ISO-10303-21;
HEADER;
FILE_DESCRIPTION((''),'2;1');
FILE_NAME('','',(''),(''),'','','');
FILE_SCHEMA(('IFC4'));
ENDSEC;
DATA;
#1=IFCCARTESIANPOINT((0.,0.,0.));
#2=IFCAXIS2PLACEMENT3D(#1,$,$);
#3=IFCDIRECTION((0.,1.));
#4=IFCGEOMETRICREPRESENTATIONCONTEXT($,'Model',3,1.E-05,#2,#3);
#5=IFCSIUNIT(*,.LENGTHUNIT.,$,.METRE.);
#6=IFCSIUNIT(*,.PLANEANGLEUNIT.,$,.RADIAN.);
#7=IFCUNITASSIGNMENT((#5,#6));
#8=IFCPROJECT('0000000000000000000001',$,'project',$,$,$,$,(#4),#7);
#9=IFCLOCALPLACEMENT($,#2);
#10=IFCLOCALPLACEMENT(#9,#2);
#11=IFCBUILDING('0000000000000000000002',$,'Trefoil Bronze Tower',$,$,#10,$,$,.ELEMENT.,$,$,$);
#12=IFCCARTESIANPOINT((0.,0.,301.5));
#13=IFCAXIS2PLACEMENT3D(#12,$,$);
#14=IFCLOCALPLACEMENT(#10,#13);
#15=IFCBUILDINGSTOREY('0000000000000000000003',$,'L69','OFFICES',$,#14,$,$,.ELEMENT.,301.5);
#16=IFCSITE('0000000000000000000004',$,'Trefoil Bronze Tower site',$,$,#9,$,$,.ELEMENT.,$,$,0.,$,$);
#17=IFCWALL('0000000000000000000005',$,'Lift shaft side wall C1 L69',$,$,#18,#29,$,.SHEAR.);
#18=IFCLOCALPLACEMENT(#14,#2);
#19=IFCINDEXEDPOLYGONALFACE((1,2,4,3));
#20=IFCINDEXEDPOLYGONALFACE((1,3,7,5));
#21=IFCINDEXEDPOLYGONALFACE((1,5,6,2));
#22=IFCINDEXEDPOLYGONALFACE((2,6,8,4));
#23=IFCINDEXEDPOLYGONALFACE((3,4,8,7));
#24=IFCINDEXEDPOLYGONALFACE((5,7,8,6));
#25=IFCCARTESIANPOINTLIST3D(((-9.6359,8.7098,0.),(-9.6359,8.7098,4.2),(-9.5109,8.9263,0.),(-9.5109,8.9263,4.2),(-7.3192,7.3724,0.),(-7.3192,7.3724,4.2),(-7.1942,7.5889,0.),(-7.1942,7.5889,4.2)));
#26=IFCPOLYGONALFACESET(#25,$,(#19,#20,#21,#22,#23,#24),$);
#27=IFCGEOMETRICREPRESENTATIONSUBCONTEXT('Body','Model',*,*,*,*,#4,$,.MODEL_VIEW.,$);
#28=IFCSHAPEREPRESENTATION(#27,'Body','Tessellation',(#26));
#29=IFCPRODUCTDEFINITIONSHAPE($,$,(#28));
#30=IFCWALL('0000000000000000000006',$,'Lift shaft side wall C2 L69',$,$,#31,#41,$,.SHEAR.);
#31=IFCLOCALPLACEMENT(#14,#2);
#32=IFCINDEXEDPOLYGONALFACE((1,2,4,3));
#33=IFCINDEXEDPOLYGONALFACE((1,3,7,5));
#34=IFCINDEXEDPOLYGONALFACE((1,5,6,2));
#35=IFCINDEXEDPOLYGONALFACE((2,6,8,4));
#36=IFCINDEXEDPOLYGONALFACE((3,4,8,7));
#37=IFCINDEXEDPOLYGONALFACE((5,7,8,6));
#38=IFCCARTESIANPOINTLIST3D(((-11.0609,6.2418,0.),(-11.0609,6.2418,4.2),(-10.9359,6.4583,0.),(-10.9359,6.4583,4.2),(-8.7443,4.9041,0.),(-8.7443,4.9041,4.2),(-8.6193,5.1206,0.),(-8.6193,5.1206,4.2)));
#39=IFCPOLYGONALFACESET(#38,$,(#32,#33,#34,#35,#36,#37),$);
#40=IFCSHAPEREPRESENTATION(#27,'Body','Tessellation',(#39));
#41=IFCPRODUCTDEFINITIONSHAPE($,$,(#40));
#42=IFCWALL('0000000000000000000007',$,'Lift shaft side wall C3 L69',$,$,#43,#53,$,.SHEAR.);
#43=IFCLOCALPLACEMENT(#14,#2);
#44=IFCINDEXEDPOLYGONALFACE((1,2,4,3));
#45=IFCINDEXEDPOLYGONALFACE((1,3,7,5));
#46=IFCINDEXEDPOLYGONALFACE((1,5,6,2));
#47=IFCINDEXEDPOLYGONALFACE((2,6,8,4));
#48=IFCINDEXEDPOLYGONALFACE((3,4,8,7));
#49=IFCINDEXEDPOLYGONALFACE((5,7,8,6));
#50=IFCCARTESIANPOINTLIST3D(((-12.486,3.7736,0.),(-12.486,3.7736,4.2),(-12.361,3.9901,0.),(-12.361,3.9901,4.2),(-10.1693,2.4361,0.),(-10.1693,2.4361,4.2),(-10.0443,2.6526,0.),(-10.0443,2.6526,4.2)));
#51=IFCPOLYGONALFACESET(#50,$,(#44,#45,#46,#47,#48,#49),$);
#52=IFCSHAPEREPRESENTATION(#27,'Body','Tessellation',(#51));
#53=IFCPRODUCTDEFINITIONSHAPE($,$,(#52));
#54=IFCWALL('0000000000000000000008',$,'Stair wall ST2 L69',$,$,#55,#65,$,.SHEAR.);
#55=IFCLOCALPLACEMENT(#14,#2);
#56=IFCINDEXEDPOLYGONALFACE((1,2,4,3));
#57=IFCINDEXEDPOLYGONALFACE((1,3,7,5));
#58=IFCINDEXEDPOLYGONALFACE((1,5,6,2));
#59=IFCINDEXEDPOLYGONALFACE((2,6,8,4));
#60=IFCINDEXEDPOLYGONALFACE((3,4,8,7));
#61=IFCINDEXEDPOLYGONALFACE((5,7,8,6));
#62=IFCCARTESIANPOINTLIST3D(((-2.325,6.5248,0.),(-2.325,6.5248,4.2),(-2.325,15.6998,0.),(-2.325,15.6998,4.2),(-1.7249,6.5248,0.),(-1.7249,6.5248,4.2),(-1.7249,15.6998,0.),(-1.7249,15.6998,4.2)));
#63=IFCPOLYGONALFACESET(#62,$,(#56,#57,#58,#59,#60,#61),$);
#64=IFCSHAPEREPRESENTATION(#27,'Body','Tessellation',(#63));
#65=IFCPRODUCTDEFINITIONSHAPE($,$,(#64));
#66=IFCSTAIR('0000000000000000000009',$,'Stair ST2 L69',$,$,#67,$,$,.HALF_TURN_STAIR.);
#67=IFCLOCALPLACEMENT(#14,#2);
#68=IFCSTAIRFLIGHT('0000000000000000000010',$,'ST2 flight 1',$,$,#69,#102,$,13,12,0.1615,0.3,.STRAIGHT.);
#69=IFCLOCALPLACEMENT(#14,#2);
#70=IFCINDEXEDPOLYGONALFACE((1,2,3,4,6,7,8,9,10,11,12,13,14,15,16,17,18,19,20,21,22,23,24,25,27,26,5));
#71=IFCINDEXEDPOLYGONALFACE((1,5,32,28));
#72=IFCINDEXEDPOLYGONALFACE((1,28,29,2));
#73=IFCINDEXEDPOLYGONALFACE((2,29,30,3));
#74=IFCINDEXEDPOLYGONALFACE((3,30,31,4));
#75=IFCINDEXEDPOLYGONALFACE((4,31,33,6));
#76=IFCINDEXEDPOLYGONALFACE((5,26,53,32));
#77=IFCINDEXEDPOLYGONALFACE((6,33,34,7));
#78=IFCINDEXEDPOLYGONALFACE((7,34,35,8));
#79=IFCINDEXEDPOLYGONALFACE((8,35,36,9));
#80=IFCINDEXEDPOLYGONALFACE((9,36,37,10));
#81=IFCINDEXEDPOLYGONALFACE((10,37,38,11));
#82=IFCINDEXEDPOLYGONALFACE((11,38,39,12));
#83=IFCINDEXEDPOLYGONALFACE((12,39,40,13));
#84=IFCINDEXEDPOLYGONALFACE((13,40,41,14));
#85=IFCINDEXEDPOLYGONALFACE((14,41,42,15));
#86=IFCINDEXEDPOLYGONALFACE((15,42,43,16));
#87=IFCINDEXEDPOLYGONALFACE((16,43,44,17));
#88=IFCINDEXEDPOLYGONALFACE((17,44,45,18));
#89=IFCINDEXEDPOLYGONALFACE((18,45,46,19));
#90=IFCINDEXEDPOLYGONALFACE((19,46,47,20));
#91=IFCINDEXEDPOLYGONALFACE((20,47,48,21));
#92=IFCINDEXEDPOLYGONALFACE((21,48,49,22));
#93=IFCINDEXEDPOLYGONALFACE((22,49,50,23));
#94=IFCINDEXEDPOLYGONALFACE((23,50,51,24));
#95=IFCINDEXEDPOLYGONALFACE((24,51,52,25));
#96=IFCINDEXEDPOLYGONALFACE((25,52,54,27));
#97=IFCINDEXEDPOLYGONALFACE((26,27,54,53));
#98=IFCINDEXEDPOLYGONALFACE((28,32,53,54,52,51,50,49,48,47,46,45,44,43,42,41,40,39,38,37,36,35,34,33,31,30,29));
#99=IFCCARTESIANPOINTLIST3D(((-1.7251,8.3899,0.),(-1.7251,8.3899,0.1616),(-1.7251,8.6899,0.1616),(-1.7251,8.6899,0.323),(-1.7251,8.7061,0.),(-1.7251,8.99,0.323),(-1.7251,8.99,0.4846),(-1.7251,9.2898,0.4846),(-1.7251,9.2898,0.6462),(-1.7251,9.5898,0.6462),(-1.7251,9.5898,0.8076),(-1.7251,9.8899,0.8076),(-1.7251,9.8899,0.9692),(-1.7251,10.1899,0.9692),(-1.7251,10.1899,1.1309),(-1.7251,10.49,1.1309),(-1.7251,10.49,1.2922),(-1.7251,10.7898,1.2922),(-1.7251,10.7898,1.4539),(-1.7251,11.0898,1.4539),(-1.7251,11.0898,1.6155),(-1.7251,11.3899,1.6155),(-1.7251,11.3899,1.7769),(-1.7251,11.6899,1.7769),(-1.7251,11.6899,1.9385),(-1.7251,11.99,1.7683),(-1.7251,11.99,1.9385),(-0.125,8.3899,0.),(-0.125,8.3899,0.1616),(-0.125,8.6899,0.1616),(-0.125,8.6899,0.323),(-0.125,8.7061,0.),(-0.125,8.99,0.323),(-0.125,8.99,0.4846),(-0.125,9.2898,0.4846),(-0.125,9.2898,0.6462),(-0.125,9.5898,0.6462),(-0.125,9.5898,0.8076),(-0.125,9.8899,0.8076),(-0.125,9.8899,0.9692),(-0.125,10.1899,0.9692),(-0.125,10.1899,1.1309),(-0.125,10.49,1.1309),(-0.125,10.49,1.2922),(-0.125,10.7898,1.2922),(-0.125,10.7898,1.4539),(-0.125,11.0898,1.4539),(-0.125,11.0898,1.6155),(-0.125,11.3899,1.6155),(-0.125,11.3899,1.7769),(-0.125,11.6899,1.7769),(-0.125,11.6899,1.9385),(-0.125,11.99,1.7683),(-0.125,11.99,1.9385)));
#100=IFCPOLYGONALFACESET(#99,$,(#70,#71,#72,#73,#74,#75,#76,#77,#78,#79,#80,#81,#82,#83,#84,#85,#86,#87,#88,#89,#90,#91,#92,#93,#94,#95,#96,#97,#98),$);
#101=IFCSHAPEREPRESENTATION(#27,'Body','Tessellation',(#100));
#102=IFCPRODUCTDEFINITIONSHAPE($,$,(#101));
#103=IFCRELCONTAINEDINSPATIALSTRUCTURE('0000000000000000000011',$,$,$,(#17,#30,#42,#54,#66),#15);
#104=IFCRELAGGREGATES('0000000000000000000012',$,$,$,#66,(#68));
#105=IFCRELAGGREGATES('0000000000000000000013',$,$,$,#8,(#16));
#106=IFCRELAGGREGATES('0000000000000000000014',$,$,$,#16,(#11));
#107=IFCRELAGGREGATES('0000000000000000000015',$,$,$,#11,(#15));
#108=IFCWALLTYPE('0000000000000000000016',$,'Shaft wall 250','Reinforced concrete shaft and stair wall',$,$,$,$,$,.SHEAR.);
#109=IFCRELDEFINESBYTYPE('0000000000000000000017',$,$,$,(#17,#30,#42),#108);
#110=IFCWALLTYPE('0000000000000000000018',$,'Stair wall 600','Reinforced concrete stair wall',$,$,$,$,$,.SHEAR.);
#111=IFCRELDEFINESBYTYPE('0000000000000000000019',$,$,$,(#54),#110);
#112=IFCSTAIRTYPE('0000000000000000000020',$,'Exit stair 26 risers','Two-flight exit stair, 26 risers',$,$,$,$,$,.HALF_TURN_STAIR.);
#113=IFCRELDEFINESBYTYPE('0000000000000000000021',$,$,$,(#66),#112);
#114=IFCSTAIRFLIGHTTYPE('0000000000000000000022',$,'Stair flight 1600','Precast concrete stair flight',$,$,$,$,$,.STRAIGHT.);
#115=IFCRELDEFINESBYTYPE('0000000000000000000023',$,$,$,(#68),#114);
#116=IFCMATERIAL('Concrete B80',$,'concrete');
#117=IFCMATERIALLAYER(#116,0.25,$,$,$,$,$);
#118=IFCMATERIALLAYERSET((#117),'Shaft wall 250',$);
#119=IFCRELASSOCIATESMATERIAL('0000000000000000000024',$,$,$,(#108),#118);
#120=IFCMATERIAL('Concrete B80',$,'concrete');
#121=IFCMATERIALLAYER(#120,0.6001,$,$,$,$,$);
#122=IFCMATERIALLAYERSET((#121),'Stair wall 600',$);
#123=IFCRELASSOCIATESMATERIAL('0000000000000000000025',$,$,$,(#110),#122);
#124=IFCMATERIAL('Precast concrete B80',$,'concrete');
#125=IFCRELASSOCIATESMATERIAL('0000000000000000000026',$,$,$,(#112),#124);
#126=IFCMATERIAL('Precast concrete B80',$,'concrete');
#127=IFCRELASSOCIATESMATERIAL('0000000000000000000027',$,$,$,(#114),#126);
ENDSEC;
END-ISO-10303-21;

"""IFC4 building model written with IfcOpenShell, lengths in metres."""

from ifc_helpers import new_model, si_unit, direction, frame, frame_2d, origin, place, context, subcontext, project, spatial, polyline, rectangle, outline, extrude, material, layer, layer_set, type_object, element, aggregate, save


model = new_model("IFC4")

# Units and contexts
model_context = context("Model", 3, precision=1e-05, world=origin(), true_north=direction((0.0, 1.0)))
body_context = subcontext(model_context, "Body", "Model", "MODEL_VIEW")
ifc_project = project(units=[si_unit("LENGTHUNIT", "METRE"), si_unit("PLANEANGLEUNIT", "RADIAN")], contexts=[model_context])

# Site, building, storey
site_placement = place(None, origin())
site = spatial("IfcSite", under=ifc_project, at=site_placement, Name="Trefoil Bronze Tower site", CompositionType="ELEMENT", RefElevation=0.0)
building_placement = place(site_placement, origin())
building = spatial("IfcBuilding", under=site, at=building_placement, Name="Trefoil Bronze Tower", CompositionType="ELEMENT")
storey_placement = place(building_placement, frame((0.0, 0.0, 301.5)))
storey = spatial("IfcBuildingStorey", under=building, at=storey_placement, Name="L69", Description="OFFICES", CompositionType="ELEMENT", Elevation=301.5)

# Shared definitions
ifc_material_1 = material(Name="Concrete B80", Category="concrete")
ifc_layer_1 = layer(ifc_material_1, 0.25)
ifc_layer_set_1 = layer_set([ifc_layer_1], Name="Shaft wall 250")
wall_type_1 = type_object("IfcWallType", Name="Shaft wall 250", Description="Reinforced concrete shaft and stair wall", PredefinedType="SHEAR", material=ifc_layer_set_1)

# Walls
for number, where, z_axis, x_axis, name in (
    (1, (-7.2568, 7.4807, 0.0), (0.0, 0.0, 1.0), (-0.866044, 0.499967, 0.0), "Lift shaft side wall C1 L69"),
    (2, (-8.6819, 5.0125, 0.0), (0.0, 0.0, 1.0), (-0.866005, 0.500036, 0.0), "Lift shaft side wall C2 L69"),
    (3, (-10.1069, 2.5444, 0.0), (0.0, 0.0, 1.0), (-0.866044, 0.499967, 0.0), "Lift shaft side wall C3 L69"),
):
    element("IfcWall", number, at=place(storey_placement, frame(where, z_axis=z_axis, x_axis=x_axis)), inside=storey, type_object=wall_type_1, Name=name, PredefinedType="SHEAR", context=body_context, shape_type="SweptSolid", body=[
        extrude(rectangle(XDim=2.675, YDim=0.25, at=frame_2d((1.3374, 0.0))), origin(), (0.0, 0.0, 1.0), 4.2),
    ])
ifc_material_2 = material(Name="Concrete B80", Category="concrete")
ifc_layer_2 = layer(ifc_material_2, 0.6001)
ifc_layer_set_2 = layer_set([ifc_layer_2], Name="Stair wall 600")
wall_type_2 = type_object("IfcWallType", Name="Stair wall 600", Description="Reinforced concrete stair wall", PredefinedType="SHEAR", material=ifc_layer_set_2)
wall_1_placement = place(storey_placement, frame((-2.0249, 6.5249, 0.0), z_axis=(0.0, 0.0, 1.0), x_axis=(0.0, 1.0, 0.0)))
element("IfcWall", 4, at=wall_1_placement, inside=storey, type_object=wall_type_2, Name="Stair wall ST2 L69", PredefinedType="SHEAR", context=body_context, shape_type="SweptSolid", body=[
    extrude(rectangle(XDim=9.175, YDim=0.6001, at=frame_2d((4.5874, 0.0))), origin(), (0.0, 0.0, 1.0), 4.2),
])

# Stair, stair flight
ifc_material_3 = material(Name="Precast concrete B80", Category="concrete")
stair_type = type_object("IfcStairType", Name="Exit stair 26 risers", Description="Two-flight exit stair, 26 risers", PredefinedType="HALF_TURN_STAIR", material=ifc_material_3)
stair_placement = place(storey_placement, origin())
stair = element("IfcStair", 5, at=stair_placement, inside=storey, type_object=stair_type, Name="Stair ST2 L69", PredefinedType="HALF_TURN_STAIR")
ifc_material_4 = material(Name="Precast concrete B80", Category="concrete")
stair_flight_type = type_object("IfcStairFlightType", Name="Stair flight 1600", Description="Precast concrete stair flight", PredefinedType="STRAIGHT", material=ifc_material_4)
stair_flight_placement = place(storey_placement, frame((-0.925, 8.3899, 0.0), z_axis=(0.0, 0.0, 1.0), x_axis=(0.0, 1.0, 0.0)))
stair_flight = element("IfcStairFlight", 6, at=stair_flight_placement, type_object=stair_flight_type, Name="ST2 flight 1", NumberOfRisers=13, NumberOfTreads=12, PredefinedType="STRAIGHT", RiserHeight=0.1615, TreadLength=0.3, context=body_context, shape_type="SweptSolid", body=[
    extrude(outline(polyline([(0.0, 0.0), (0.0, 0.1616), (0.3, 0.1616), (0.3, 0.323), (0.6001, 0.323), (0.6001, 0.4846), (0.8999, 0.4846), (0.8999, 0.6462), (1.2, 0.6462), (1.2, 0.8076), (1.5, 0.8076), (1.5, 0.9692), (1.8, 0.9692), (1.8, 1.1309), (2.1001, 1.1309), (2.1001, 1.2922), (2.3999, 1.2922), (2.3999, 1.4539), (2.7, 1.4539), (2.7, 1.6155), (3.0, 1.6155), (3.0, 1.7769), (3.3, 1.7769), (3.3, 1.9385), (3.6001, 1.9385), (3.6001, 2.1001), (3.6001, 1.7683), (0.3162, 0.0), (0.0, 0.0)])), frame((0.0, 0.8, 0.0), z_axis=(0.0, -1.0, 0.0), x_axis=(1.0, 0.0, 0.0)), (0.0, 0.0, 1.0), 1.6001),
])
aggregate(stair, [stair_flight])

save(model, "model.ifc")
